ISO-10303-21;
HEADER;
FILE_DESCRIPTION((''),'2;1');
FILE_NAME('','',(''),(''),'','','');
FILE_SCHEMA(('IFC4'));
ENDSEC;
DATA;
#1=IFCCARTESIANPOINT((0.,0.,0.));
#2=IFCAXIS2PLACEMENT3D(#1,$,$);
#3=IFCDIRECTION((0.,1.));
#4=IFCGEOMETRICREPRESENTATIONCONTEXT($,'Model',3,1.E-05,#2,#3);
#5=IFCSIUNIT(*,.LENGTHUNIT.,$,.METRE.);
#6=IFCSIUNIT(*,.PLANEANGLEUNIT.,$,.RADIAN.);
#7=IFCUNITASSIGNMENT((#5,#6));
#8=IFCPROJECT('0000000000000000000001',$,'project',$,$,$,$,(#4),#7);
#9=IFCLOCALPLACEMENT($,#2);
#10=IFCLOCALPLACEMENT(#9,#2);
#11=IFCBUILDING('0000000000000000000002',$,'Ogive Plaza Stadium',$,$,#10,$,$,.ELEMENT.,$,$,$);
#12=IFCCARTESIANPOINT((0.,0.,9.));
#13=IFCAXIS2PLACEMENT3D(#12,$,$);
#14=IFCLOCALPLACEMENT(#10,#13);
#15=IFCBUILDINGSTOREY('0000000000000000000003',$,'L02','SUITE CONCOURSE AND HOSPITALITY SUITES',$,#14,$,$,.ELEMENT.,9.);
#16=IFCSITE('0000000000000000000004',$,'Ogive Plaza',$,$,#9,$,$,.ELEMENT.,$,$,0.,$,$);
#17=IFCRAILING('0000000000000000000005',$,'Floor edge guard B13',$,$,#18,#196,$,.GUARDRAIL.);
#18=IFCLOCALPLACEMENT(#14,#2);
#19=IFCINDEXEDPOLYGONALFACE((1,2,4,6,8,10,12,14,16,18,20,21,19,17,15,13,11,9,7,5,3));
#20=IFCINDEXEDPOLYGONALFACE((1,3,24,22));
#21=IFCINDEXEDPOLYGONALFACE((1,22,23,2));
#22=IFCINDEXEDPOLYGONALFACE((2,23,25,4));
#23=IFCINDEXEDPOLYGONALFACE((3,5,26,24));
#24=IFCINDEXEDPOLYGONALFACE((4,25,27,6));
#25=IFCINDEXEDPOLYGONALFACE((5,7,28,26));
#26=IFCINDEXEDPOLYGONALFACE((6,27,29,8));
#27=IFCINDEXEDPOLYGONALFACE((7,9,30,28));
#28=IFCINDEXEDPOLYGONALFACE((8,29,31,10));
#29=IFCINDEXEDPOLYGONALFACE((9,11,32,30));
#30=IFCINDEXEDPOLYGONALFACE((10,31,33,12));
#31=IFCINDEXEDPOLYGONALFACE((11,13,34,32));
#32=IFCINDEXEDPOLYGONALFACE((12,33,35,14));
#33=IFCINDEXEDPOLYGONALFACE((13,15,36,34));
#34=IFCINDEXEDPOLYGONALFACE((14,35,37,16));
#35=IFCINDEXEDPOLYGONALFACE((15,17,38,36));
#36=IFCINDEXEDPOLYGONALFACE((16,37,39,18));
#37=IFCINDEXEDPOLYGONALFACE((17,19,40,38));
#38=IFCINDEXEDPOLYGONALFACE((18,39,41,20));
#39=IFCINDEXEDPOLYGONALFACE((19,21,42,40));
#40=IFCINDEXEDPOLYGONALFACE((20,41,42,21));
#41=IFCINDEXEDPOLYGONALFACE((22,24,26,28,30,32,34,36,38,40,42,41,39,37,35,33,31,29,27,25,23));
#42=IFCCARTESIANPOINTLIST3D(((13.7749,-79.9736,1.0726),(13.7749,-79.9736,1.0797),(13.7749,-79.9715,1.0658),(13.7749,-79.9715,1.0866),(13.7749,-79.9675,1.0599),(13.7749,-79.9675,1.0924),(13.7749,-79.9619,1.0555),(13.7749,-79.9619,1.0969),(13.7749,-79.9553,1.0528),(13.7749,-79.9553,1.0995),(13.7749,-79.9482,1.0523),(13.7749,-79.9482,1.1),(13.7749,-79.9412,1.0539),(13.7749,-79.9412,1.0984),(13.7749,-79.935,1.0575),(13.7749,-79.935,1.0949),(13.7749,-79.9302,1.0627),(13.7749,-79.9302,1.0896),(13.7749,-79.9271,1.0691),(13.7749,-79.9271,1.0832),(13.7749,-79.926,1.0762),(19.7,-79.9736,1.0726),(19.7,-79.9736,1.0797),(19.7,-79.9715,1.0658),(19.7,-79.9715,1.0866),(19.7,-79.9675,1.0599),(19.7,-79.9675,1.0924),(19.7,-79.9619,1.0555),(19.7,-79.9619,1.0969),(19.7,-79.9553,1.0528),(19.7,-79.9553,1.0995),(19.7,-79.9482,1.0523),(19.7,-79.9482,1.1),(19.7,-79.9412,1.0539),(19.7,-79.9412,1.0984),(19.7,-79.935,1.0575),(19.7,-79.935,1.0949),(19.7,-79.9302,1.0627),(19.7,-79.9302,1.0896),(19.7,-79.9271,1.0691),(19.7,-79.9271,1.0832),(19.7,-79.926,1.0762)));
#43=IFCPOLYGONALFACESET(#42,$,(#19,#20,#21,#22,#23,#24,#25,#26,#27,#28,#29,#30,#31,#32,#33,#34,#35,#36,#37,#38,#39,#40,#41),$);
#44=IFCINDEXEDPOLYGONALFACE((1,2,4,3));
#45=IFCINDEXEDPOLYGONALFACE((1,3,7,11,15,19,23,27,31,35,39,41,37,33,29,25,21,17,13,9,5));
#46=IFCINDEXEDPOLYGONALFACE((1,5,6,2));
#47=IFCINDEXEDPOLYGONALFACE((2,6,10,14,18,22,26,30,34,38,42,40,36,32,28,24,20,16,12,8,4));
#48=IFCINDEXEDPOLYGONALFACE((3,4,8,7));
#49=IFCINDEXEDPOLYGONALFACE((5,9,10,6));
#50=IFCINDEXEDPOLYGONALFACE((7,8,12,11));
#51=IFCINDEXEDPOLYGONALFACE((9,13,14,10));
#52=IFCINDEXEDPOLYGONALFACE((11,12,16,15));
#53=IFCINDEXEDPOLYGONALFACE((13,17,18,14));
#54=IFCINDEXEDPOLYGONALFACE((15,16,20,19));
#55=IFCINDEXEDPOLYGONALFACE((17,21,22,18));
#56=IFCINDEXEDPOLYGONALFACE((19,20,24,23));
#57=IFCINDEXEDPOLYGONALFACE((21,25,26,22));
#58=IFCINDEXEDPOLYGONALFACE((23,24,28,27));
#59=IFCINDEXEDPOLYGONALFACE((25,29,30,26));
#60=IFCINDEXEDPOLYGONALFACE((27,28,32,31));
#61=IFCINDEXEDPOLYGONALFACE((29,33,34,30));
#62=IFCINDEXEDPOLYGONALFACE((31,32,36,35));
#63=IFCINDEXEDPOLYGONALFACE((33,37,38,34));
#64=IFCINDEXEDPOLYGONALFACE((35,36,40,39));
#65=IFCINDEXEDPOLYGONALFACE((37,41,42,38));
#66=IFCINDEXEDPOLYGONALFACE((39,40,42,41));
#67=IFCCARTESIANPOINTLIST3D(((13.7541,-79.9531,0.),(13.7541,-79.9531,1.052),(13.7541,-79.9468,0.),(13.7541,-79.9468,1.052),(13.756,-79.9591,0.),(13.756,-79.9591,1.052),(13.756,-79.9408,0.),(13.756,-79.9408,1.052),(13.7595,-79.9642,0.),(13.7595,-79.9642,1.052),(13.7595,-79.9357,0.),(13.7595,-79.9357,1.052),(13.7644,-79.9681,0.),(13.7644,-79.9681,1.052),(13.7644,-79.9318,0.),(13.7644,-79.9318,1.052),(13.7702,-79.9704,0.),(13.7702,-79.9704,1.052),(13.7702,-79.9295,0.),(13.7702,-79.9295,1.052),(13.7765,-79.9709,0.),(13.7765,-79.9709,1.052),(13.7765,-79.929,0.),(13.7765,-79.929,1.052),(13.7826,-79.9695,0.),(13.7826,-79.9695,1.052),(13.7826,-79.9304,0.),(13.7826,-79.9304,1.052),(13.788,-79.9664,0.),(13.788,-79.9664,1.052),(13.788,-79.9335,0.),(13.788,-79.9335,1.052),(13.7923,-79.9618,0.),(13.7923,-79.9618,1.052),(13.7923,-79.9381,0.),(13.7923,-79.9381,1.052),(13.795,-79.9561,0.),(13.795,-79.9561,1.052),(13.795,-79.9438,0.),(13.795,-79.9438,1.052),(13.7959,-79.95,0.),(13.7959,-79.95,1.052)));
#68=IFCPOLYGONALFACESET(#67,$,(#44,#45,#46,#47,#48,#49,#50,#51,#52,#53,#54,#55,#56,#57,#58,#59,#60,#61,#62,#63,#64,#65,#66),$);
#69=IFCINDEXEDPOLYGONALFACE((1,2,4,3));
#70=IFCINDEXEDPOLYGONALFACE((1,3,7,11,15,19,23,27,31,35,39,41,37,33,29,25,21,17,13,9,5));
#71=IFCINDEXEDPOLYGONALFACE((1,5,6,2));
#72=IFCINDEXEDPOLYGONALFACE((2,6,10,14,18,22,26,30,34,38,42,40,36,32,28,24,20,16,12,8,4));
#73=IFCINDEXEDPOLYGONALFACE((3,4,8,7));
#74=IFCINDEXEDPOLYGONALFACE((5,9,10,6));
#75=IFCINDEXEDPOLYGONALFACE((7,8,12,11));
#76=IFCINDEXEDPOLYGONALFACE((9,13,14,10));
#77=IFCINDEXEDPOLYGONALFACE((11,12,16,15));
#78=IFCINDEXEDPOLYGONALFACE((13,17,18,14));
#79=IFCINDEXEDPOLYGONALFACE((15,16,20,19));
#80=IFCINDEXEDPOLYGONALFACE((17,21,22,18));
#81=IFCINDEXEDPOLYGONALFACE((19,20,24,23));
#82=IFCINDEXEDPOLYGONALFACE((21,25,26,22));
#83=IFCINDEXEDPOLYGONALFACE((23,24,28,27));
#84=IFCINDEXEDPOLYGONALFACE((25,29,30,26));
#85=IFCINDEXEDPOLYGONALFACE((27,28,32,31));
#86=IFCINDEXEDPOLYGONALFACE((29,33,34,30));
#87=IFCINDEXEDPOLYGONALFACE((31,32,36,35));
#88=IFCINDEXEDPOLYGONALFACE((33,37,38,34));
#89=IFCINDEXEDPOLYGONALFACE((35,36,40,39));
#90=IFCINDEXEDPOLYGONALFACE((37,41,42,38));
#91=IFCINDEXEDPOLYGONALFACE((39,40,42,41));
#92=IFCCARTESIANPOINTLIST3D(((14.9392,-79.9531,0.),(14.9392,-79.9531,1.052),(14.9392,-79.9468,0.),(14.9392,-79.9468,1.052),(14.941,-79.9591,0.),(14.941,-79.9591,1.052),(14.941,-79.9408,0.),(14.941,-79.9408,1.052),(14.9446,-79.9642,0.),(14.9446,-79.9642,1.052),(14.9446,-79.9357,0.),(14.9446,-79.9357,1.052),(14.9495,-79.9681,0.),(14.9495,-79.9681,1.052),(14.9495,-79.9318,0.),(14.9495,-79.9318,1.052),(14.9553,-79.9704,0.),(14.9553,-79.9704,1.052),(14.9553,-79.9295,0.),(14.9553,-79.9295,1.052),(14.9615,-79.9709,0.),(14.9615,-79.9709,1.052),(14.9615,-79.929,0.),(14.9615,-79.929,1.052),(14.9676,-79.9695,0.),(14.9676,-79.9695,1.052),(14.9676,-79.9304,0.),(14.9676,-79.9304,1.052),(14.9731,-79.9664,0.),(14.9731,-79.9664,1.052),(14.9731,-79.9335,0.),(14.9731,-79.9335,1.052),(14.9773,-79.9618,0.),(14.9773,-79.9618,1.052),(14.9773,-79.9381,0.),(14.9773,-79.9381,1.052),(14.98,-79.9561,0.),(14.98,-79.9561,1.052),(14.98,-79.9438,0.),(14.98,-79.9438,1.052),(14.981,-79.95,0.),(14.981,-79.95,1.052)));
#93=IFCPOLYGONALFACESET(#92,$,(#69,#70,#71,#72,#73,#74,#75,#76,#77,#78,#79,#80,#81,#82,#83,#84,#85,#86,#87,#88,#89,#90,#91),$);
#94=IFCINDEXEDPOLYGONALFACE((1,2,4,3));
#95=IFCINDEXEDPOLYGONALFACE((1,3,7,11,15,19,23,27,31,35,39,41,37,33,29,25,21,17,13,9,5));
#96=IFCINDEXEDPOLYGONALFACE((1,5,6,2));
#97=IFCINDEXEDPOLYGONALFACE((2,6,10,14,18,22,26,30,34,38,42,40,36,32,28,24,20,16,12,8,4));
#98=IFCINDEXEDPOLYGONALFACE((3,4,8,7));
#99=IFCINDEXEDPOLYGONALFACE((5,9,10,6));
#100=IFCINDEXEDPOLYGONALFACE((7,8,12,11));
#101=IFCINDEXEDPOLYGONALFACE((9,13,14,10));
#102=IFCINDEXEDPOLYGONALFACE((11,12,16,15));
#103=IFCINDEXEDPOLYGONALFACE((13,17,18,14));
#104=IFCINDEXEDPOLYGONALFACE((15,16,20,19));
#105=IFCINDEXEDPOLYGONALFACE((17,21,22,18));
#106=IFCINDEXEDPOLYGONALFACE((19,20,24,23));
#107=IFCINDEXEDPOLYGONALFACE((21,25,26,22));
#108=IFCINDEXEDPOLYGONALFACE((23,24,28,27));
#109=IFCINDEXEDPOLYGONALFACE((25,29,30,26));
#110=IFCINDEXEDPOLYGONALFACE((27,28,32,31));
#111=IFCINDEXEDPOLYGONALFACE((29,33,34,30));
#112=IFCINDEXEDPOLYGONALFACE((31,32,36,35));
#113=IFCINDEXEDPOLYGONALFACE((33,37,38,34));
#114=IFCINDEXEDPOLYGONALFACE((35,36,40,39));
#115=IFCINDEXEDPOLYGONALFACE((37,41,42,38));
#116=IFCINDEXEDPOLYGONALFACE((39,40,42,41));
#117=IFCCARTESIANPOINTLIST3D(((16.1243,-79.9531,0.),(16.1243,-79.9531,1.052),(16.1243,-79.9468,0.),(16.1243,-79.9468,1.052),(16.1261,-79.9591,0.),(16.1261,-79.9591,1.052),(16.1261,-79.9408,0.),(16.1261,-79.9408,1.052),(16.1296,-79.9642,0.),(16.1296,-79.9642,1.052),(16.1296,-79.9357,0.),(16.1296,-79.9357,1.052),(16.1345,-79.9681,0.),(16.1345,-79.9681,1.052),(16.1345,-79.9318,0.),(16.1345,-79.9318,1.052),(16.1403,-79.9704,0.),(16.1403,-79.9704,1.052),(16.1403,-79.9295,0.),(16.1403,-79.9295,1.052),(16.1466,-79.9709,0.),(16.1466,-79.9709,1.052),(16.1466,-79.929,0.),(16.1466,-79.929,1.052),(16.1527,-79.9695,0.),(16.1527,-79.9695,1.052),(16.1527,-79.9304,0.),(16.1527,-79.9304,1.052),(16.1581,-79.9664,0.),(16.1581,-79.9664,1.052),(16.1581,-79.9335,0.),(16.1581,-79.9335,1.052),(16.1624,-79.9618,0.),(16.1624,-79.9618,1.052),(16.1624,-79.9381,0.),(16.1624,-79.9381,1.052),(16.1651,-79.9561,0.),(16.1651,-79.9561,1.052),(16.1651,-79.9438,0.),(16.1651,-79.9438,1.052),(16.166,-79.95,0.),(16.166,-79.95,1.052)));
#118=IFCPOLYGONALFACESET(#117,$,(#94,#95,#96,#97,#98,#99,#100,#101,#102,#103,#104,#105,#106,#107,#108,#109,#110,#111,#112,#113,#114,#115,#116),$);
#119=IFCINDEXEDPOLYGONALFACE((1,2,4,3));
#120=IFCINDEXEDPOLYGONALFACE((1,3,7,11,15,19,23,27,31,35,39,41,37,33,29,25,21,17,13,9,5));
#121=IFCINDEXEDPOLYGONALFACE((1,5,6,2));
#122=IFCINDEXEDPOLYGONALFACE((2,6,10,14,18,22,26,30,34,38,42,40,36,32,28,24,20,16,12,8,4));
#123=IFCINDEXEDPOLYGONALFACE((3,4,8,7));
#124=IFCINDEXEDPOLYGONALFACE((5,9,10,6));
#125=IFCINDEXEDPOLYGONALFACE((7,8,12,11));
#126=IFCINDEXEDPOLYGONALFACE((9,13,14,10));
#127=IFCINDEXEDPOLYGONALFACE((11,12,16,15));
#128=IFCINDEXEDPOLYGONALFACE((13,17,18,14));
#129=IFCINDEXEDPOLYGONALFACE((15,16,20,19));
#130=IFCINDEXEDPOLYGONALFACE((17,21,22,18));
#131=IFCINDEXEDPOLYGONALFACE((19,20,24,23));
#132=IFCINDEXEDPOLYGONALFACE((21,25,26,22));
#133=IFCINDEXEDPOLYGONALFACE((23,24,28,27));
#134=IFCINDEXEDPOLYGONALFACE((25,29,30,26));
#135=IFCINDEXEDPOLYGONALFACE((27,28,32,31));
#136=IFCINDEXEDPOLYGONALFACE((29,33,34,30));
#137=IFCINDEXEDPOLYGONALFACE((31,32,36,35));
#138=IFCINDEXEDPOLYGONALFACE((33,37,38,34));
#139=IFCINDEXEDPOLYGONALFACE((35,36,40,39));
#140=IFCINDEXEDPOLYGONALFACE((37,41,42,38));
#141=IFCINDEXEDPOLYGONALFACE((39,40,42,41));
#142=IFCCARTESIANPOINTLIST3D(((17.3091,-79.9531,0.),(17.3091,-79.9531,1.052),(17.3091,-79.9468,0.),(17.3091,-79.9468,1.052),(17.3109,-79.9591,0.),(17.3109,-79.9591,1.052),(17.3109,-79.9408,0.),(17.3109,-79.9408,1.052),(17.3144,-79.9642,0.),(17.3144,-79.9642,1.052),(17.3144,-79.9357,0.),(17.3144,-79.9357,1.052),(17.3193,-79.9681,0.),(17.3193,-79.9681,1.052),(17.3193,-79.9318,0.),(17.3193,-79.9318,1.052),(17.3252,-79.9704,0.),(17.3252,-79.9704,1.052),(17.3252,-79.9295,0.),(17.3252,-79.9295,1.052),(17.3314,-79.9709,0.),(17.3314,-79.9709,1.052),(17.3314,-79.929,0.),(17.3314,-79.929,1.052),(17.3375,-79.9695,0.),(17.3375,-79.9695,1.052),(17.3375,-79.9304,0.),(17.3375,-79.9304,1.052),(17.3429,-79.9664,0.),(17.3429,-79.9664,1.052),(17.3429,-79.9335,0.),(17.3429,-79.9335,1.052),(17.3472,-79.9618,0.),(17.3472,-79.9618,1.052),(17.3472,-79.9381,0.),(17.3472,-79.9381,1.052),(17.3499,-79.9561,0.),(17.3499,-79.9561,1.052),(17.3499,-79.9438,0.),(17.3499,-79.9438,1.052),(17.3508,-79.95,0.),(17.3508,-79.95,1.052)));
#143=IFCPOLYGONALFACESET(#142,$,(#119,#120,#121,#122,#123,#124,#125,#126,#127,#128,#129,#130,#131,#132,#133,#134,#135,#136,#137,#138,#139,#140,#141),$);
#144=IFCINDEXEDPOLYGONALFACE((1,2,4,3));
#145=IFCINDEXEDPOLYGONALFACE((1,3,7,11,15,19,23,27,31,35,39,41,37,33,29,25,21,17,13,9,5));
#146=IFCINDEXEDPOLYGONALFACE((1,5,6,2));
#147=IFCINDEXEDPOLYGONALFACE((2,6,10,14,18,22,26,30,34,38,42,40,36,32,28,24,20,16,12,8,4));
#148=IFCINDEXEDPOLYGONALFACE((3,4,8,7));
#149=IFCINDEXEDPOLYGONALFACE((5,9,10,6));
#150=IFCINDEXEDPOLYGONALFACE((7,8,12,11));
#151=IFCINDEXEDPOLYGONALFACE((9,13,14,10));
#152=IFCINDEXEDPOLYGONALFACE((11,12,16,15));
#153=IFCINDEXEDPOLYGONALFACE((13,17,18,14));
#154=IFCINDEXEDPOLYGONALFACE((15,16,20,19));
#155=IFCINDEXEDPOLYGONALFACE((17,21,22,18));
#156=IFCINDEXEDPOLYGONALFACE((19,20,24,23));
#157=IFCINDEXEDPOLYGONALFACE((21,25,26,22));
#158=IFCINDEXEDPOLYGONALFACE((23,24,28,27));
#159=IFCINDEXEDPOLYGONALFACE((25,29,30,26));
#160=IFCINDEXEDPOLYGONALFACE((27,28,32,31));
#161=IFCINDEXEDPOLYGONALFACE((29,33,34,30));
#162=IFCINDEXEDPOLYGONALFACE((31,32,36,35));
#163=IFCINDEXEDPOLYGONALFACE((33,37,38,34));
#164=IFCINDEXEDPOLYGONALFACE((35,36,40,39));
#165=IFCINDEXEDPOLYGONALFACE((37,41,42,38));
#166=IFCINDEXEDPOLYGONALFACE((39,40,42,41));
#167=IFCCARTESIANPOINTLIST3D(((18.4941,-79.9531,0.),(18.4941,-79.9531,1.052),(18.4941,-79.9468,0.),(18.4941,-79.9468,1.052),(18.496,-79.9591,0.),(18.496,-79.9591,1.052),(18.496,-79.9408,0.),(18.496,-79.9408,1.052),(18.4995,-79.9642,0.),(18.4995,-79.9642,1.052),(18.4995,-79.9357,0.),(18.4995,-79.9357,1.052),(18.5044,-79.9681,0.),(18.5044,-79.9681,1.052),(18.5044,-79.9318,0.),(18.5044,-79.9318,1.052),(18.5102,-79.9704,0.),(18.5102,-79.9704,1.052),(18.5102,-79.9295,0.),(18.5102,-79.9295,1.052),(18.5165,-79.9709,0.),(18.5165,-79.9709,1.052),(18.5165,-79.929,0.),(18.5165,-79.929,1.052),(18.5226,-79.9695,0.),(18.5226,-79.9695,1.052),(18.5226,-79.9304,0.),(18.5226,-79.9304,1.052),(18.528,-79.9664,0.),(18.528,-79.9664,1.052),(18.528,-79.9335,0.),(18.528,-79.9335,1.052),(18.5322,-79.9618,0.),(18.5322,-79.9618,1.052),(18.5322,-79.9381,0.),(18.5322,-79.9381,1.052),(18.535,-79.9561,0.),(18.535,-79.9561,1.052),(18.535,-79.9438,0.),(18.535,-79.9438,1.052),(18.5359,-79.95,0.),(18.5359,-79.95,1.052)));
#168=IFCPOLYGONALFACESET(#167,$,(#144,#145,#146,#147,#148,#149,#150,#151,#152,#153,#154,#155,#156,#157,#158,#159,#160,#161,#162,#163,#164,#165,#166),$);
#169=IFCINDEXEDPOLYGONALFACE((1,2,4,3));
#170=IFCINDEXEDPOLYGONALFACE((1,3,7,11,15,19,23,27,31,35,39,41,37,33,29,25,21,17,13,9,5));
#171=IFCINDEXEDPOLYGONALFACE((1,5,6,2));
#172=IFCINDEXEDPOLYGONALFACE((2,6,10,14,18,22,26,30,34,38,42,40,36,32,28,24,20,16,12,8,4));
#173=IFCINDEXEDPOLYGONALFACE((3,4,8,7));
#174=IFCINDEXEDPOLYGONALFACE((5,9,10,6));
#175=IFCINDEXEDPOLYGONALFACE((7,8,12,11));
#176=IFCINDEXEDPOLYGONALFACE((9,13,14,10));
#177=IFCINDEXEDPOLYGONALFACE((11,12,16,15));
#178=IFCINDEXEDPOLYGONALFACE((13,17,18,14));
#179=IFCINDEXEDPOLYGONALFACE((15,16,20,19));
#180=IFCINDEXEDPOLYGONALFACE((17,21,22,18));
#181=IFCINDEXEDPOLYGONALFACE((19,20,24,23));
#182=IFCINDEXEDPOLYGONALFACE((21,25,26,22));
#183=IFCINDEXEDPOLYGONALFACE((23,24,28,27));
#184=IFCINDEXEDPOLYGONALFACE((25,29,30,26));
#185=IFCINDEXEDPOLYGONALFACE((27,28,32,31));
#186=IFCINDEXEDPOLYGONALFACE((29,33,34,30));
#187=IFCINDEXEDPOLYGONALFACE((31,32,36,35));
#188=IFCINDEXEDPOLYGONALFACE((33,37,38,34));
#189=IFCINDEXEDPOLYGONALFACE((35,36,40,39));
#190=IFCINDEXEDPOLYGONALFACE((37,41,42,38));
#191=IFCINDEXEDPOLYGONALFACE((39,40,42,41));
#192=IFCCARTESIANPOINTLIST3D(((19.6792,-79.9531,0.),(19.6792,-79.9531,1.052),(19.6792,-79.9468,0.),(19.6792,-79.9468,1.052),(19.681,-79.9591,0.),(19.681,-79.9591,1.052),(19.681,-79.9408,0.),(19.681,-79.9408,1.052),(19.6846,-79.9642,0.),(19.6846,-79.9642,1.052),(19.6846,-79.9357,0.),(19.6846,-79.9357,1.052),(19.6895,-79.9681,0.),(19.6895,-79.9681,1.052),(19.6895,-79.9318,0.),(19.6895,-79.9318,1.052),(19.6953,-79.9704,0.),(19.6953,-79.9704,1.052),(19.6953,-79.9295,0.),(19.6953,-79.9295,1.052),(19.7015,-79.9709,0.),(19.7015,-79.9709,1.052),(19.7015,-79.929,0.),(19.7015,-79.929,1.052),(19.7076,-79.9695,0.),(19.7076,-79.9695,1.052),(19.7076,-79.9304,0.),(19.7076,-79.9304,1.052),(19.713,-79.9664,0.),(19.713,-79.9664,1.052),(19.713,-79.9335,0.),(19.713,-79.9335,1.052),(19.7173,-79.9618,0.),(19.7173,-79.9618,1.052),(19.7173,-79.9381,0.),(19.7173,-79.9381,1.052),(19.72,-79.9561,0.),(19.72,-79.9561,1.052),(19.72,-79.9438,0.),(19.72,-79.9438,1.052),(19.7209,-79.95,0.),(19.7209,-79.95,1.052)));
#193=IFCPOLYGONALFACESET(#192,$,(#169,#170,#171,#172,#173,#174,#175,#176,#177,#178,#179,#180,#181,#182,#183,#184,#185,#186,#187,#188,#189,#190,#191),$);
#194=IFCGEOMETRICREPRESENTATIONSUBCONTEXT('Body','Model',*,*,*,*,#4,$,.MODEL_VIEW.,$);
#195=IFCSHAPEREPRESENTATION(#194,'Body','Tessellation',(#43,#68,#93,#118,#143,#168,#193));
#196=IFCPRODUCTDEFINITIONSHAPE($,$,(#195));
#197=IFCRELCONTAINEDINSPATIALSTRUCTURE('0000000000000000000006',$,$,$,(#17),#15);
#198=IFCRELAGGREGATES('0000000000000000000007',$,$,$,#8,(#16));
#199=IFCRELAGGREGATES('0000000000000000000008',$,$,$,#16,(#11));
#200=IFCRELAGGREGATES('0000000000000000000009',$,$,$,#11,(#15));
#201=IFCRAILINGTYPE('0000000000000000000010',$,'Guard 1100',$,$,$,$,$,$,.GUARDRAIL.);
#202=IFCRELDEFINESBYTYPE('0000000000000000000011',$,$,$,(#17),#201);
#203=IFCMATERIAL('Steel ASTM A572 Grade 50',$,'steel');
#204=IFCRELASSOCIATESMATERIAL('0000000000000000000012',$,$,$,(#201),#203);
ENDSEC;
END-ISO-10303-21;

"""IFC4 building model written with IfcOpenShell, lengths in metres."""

from ifc_helpers import new_model, si_unit, direction, frame, origin, origin_2d, place, context, subcontext, project, spatial, circle, extrude, material, type_object, element, save


model = new_model("IFC4")

# Units and contexts
model_context = context("Model", 3, precision=1e-05, world=origin(), true_north=direction((0.0, 1.0)))
body_context = subcontext(model_context, "Body", "Model", "MODEL_VIEW")
ifc_project = project(units=[si_unit("LENGTHUNIT", "METRE"), si_unit("PLANEANGLEUNIT", "RADIAN")], contexts=[model_context])

# Site, building, storey
site_placement = place(None, origin())
site = spatial("IfcSite", under=ifc_project, at=site_placement, Name="Ogive Plaza", CompositionType="ELEMENT", RefElevation=0.0)
building_placement = place(site_placement, origin())
building = spatial("IfcBuilding", under=site, at=building_placement, Name="Ogive Plaza Stadium", CompositionType="ELEMENT")
storey_placement = place(building_placement, frame((0.0, 0.0, 9.0)))
storey = spatial("IfcBuildingStorey", under=building, at=storey_placement, Name="L02", Description="SUITE CONCOURSE AND HOSPITALITY SUITES", CompositionType="ELEMENT", Elevation=9.0)

# Railing
ifc_material_1 = material(Name="Steel ASTM A572 Grade 50", Category="steel")
railing_type_1 = type_object("IfcRailingType", Name="Guard 1100", PredefinedType="GUARDRAIL", material=ifc_material_1)
railing_1_placement = place(storey_placement, frame((13.7749, -79.95, 0.0)))
element("IfcRailing", 1, at=railing_1_placement, inside=storey, type_object=railing_type_1, Name="Floor edge guard B13", PredefinedType="GUARDRAIL", context=body_context, shape_type="SweptSolid", body=[
    extrude(circle(Radius=0.0239, at=origin_2d()), frame((0.0, 0.0, 1.0762), z_axis=(1.0, 0.0, 0.0), x_axis=(0.0, 1.0, 0.0)), (0.0, 0.0, 1.0), 5.925),
    extrude(circle(Radius=0.021, at=origin_2d()), origin(), (0.0, 0.0, 1.0), 1.052),
    extrude(circle(Radius=0.021, at=origin_2d()), frame((1.1851, 0.0, 0.0)), (0.0, 0.0, 1.0), 1.052),
    extrude(circle(Radius=0.021, at=origin_2d()), frame((2.3701, 0.0, 0.0)), (0.0, 0.0, 1.0), 1.052),
    extrude(circle(Radius=0.021, at=origin_2d()), frame((3.5549, 0.0, 0.0)), (0.0, 0.0, 1.0), 1.052),
    extrude(circle(Radius=0.021, at=origin_2d()), frame((4.74, 0.0, 0.0)), (0.0, 0.0, 1.0), 1.052),
    extrude(circle(Radius=0.021, at=origin_2d()), frame((5.925, 0.0, 0.0)), (0.0, 0.0, 1.0), 1.052),
])

save(model, "model.ifc")
